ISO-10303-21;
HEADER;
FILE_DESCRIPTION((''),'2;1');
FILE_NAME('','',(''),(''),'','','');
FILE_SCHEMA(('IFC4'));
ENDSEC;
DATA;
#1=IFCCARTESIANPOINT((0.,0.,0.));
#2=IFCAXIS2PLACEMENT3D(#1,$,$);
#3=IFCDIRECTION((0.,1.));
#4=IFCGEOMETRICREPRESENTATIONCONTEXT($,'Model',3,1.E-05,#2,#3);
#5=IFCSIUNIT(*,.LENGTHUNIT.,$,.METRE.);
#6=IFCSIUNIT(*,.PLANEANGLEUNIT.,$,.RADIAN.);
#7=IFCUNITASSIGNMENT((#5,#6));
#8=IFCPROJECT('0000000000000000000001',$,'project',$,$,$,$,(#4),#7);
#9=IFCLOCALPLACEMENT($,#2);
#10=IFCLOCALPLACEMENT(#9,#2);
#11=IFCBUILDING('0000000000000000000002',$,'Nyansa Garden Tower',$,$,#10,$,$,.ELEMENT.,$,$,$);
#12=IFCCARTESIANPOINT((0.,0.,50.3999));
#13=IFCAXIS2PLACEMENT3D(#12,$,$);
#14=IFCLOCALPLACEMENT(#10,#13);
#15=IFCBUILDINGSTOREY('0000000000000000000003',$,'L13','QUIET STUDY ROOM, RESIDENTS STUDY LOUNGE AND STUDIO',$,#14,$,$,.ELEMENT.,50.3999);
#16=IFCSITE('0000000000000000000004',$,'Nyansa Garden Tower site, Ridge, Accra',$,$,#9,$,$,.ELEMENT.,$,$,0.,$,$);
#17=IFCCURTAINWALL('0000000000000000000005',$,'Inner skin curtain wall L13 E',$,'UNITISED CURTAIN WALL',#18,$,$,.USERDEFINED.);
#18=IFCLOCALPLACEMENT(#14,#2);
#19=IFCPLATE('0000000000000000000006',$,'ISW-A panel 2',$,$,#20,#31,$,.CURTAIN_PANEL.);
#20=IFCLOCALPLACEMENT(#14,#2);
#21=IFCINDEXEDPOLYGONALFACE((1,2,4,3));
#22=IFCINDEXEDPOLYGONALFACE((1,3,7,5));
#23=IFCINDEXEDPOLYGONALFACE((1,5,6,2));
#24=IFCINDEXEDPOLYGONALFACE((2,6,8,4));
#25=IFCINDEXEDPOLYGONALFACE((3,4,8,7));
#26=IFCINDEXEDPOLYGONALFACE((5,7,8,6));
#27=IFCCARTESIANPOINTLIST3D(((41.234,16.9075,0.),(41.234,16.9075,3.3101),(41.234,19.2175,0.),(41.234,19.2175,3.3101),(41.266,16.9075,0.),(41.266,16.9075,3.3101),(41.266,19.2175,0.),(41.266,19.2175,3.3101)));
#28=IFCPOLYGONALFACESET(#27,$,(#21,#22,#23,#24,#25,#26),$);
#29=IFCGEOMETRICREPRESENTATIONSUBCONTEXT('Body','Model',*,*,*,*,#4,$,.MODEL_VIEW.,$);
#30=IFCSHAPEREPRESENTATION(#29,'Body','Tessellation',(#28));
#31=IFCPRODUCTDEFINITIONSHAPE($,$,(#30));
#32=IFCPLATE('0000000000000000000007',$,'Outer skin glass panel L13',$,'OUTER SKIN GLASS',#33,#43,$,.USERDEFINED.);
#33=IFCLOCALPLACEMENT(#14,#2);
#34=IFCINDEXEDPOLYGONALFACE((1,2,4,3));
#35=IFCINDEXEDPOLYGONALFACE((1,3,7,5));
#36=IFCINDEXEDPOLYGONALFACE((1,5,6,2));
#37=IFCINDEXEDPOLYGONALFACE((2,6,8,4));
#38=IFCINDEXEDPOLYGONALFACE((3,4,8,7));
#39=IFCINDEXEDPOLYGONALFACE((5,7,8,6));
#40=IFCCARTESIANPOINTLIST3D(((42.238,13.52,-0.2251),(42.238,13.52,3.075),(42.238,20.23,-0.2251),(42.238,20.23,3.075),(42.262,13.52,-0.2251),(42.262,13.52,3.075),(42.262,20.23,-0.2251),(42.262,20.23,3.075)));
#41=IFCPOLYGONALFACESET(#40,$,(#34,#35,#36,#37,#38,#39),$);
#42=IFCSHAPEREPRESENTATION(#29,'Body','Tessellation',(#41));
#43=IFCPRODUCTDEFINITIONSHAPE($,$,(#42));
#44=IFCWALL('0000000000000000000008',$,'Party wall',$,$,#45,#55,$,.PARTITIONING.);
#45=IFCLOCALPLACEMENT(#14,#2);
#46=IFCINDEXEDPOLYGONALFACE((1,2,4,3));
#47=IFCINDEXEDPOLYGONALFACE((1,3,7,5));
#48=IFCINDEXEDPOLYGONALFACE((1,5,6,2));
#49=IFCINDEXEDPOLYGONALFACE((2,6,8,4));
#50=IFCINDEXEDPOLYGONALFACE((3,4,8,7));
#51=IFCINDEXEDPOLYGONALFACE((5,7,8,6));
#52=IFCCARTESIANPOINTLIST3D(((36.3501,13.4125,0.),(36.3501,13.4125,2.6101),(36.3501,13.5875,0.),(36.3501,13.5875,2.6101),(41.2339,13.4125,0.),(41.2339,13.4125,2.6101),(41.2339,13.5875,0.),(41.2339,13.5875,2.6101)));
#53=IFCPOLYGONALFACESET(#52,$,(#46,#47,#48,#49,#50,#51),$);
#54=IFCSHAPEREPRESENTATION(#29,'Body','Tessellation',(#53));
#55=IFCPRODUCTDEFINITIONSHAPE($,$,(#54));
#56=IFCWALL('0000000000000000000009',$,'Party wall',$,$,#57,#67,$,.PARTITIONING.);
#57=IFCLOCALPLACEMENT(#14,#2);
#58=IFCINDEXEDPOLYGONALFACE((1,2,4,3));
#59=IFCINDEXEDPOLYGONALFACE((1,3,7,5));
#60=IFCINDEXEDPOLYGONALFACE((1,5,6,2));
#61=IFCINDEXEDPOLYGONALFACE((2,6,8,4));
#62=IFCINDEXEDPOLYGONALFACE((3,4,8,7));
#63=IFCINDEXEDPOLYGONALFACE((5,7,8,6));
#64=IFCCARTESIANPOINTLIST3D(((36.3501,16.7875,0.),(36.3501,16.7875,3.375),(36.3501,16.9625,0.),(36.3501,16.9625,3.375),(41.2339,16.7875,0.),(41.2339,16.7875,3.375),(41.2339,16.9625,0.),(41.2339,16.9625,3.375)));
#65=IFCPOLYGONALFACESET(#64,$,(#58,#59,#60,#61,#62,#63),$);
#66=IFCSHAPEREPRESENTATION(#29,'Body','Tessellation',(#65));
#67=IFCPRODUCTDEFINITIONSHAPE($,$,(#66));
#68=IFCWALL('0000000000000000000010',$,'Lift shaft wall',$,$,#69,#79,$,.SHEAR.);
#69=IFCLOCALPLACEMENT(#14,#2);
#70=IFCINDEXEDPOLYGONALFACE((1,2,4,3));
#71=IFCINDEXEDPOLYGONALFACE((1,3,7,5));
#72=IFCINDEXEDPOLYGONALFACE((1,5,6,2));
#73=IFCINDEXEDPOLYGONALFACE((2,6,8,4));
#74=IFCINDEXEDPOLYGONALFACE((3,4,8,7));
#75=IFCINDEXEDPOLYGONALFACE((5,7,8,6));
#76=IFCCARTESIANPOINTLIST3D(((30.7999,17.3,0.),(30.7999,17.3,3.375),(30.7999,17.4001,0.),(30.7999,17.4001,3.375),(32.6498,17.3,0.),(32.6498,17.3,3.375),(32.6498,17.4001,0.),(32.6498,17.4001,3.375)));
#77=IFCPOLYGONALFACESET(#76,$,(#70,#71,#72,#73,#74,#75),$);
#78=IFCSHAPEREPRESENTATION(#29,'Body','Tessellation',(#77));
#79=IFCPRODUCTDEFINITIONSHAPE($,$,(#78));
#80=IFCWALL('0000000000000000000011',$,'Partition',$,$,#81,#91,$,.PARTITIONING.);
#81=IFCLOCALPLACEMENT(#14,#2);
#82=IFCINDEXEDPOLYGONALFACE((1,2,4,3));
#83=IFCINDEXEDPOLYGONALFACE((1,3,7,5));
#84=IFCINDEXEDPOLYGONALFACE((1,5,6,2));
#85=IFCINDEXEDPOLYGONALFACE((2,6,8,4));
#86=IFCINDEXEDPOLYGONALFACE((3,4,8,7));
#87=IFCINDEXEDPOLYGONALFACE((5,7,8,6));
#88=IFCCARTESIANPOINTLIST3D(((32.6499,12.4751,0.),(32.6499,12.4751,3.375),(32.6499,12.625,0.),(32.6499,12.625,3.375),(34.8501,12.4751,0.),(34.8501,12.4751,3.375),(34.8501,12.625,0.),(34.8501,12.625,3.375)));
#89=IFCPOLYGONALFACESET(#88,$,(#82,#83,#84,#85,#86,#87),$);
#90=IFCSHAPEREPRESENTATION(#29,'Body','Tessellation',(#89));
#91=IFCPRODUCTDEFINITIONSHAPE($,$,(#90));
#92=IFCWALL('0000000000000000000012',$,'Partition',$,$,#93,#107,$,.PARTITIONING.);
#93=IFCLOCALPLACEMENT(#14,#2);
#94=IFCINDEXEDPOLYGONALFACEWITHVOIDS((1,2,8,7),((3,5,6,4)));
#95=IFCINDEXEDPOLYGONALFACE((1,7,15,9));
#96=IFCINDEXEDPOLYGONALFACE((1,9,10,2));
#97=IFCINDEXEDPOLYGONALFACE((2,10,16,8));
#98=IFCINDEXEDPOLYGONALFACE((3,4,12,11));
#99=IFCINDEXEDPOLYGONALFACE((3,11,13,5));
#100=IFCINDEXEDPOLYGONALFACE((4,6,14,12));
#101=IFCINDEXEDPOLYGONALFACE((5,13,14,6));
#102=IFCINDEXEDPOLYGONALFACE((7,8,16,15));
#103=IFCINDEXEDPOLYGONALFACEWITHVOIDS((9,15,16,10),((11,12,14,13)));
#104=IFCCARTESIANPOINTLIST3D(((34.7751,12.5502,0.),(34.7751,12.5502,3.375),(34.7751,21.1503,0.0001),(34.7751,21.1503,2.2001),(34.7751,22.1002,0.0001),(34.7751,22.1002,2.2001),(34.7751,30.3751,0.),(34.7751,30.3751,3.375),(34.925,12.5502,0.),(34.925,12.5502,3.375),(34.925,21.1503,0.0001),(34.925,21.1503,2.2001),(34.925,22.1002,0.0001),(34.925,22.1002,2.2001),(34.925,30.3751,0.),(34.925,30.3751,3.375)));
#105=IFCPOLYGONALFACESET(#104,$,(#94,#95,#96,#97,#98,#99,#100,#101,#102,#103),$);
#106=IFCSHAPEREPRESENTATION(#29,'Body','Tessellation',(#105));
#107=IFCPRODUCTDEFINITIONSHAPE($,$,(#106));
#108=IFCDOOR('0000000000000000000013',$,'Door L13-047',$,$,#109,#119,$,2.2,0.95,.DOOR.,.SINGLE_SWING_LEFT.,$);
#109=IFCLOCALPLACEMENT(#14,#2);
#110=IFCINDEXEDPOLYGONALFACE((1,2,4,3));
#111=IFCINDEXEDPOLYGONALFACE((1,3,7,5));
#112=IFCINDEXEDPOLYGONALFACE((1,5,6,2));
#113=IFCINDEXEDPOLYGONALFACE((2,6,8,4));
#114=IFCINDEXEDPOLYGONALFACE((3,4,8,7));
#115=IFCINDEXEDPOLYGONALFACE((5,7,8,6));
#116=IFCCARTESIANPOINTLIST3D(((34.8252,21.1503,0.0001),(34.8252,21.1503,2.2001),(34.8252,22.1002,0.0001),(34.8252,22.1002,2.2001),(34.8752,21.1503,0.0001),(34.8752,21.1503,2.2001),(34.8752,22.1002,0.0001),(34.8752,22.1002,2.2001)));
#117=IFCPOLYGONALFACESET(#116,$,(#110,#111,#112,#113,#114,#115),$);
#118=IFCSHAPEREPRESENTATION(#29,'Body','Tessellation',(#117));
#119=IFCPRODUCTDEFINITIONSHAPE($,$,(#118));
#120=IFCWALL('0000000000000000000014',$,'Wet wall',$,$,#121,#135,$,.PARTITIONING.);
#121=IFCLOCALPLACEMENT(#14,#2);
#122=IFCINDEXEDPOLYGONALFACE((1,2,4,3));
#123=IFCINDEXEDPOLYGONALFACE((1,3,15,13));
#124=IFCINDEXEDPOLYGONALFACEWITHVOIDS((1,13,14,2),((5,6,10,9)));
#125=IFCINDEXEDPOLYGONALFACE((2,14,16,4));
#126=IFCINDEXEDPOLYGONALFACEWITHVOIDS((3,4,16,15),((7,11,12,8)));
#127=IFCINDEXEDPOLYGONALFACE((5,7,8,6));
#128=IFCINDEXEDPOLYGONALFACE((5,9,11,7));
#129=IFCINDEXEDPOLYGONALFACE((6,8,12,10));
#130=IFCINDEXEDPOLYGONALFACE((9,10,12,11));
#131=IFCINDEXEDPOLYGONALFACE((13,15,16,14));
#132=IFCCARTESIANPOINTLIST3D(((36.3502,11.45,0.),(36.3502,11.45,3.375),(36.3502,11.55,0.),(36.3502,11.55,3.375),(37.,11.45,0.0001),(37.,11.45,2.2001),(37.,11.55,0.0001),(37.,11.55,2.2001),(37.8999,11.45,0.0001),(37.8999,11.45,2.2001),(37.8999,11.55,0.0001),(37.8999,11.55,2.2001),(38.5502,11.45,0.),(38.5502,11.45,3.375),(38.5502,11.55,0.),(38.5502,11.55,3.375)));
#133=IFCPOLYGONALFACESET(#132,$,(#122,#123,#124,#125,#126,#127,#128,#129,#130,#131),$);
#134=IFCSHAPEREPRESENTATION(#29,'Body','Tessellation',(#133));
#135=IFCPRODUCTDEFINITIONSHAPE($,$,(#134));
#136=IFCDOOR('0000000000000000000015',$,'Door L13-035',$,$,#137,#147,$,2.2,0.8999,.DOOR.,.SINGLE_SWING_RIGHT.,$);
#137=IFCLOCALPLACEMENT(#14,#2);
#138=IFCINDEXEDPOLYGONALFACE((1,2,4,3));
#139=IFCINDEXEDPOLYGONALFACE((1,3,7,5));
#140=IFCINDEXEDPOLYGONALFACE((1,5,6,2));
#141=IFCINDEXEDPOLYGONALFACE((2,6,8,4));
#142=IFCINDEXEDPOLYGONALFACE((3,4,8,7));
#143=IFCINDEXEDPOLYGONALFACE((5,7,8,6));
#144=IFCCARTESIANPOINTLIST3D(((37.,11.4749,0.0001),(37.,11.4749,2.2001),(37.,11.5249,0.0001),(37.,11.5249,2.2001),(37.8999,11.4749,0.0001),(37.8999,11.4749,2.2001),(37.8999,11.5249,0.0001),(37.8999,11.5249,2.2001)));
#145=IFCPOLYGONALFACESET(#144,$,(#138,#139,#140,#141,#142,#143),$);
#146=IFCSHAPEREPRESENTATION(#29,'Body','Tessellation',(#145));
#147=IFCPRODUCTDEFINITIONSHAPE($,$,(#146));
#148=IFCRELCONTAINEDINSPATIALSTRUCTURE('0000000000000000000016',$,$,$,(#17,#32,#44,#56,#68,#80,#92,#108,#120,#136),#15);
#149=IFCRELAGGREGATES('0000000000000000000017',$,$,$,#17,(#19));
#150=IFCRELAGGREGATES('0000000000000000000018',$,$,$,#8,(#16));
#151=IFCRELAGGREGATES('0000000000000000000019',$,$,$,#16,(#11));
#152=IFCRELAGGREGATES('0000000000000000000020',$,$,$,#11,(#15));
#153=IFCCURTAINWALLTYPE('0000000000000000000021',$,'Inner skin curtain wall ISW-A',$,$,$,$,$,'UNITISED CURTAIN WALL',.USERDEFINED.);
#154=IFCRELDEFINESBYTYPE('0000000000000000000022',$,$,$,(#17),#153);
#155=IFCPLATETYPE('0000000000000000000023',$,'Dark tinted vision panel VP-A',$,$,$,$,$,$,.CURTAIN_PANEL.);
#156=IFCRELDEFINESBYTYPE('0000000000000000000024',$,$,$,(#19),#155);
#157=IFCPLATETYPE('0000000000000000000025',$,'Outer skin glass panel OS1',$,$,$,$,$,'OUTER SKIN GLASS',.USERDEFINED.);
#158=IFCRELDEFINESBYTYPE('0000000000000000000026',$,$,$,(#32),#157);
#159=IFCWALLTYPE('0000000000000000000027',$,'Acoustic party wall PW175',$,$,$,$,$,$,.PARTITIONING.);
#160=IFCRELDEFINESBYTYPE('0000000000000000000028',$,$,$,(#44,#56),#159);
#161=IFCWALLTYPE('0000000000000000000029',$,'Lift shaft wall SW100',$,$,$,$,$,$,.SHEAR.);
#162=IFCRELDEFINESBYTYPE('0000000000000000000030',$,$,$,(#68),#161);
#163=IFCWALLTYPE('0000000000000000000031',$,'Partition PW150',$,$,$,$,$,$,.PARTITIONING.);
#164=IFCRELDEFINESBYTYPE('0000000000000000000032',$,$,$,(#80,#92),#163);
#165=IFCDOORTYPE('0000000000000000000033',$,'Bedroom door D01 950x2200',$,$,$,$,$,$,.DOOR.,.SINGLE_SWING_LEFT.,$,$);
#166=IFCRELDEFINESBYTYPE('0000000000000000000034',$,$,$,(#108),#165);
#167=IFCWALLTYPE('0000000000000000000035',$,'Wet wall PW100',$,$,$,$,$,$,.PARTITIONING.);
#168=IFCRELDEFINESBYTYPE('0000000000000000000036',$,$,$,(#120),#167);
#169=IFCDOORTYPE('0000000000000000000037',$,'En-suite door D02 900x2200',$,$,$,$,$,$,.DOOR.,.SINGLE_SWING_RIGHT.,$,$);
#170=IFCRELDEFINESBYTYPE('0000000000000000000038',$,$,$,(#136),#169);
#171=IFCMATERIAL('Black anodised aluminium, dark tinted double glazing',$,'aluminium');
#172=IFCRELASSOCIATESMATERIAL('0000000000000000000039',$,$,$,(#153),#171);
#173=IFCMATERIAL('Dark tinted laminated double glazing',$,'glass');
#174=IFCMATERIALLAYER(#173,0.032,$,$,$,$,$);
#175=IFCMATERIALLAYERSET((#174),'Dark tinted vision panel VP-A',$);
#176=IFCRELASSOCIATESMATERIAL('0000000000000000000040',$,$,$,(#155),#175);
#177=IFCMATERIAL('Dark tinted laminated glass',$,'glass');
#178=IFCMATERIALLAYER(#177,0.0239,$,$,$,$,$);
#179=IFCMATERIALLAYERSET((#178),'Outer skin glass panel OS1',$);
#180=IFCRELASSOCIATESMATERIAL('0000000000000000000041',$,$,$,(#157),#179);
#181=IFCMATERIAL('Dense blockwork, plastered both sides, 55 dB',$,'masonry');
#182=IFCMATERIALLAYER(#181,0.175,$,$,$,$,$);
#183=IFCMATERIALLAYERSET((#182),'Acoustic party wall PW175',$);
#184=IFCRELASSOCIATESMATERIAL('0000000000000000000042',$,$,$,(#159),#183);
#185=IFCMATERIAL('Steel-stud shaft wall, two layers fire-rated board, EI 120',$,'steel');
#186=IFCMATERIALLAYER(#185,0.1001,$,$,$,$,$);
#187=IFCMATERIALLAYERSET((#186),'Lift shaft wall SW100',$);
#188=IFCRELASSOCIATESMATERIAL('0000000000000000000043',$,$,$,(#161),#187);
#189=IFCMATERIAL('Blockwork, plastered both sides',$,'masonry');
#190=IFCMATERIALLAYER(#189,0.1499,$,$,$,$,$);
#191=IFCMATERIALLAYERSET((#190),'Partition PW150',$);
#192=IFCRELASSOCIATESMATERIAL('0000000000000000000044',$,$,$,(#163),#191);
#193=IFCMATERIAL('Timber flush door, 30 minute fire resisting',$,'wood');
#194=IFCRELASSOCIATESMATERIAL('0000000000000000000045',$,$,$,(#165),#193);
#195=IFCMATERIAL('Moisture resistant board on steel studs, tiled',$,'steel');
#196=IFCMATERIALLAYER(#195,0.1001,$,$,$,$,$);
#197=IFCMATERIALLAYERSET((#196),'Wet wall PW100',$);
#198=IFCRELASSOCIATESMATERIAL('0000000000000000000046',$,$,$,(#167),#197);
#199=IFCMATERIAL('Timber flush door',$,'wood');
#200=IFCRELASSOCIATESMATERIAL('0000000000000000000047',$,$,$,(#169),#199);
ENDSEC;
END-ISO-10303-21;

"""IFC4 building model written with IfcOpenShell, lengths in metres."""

from ifc_helpers import new_model, si_unit, direction, frame, frame_2d, origin, origin_2d, place, context, subcontext, project, spatial, rectangle, extrude, material, layer, layer_set, type_object, element, fill, aggregate, save


model = new_model("IFC4")

# Units and contexts
model_context = context("Model", 3, precision=1e-05, world=origin(), true_north=direction((0.0, 1.0)))
body_context = subcontext(model_context, "Body", "Model", "MODEL_VIEW")
ifc_project = project(units=[si_unit("LENGTHUNIT", "METRE"), si_unit("PLANEANGLEUNIT", "RADIAN")], contexts=[model_context])

# Site, building, storey
site_placement = place(None, origin())
site = spatial("IfcSite", under=ifc_project, at=site_placement, Name="Nyansa Garden Tower site, Ridge, Accra", CompositionType="ELEMENT", RefElevation=0.0)
building_placement = place(site_placement, origin())
building = spatial("IfcBuilding", under=site, at=building_placement, Name="Nyansa Garden Tower", CompositionType="ELEMENT")
storey_placement = place(building_placement, frame((0.0, 0.0, 50.3999)))
storey = spatial("IfcBuildingStorey", under=building, at=storey_placement, Name="L13", Description="QUIET STUDY ROOM, RESIDENTS STUDY LOUNGE AND STUDIO", CompositionType="ELEMENT", Elevation=50.3999)

# Shared definitions
ifc_material_1 = material(Name="Black anodised aluminium, dark tinted double glazing", Category="aluminium")
curtain_wall_type = type_object("IfcCurtainWallType", Name="Inner skin curtain wall ISW-A", ElementType="UNITISED CURTAIN WALL", PredefinedType="USERDEFINED", material=ifc_material_1)

# Curtain wall
curtain_wall_1_placement = place(storey_placement, origin())
curtain_wall_1 = element("IfcCurtainWall", 1, at=curtain_wall_1_placement, inside=storey, type_object=curtain_wall_type, Name="Inner skin curtain wall L13 E", ObjectType="UNITISED CURTAIN WALL", PredefinedType="USERDEFINED")

# Plates
ifc_material_2 = material(Name="Dark tinted laminated double glazing", Category="glass")
ifc_layer_1 = layer(ifc_material_2, 0.032)
ifc_layer_set_1 = layer_set([ifc_layer_1], Name="Dark tinted vision panel VP-A")
plate_type_1 = type_object("IfcPlateType", Name="Dark tinted vision panel VP-A", PredefinedType="CURTAIN_PANEL", material=ifc_layer_set_1)
plate_1_placement = place(storey_placement, frame((41.25, 18.0625, 0.0), z_axis=(0.0, 0.0, 1.0), x_axis=(0.0, 1.0, 0.0)))
plate_1 = element("IfcPlate", 2, at=plate_1_placement, type_object=plate_type_1, Name="ISW-A panel 2", PredefinedType="CURTAIN_PANEL", context=body_context, shape_type="SweptSolid", body=[
    extrude(rectangle(XDim=2.3101, YDim=0.032, at=origin_2d()), origin(), (0.0, 0.0, 1.0), 3.3101),
])
aggregate(curtain_wall_1, [plate_1])
ifc_material_3 = material(Name="Dark tinted laminated glass", Category="glass")
ifc_layer_2 = layer(ifc_material_3, 0.0239)
ifc_layer_set_2 = layer_set([ifc_layer_2], Name="Outer skin glass panel OS1")
plate_type_2 = type_object("IfcPlateType", Name="Outer skin glass panel OS1", ElementType="OUTER SKIN GLASS", PredefinedType="USERDEFINED", material=ifc_layer_set_2)
plate_2_placement = place(storey_placement, frame((42.25, 16.875, -0.2251), z_axis=(0.0, 0.0, 1.0), x_axis=(0.0, 1.0, 0.0)))
element("IfcPlate", 3, at=plate_2_placement, inside=storey, type_object=plate_type_2, Name="Outer skin glass panel L13", ObjectType="OUTER SKIN GLASS", PredefinedType="USERDEFINED", context=body_context, shape_type="SweptSolid", body=[
    extrude(rectangle(XDim=6.71, YDim=0.0239, at=origin_2d()), origin(), (0.0, 0.0, 1.0), 3.3),
])

# Walls
ifc_material_4 = material(Name="Dense blockwork, plastered both sides, 55 dB", Category="masonry")
ifc_layer_3 = layer(ifc_material_4, 0.175)
ifc_layer_set_3 = layer_set([ifc_layer_3], Name="Acoustic party wall PW175")
wall_type_1 = type_object("IfcWallType", Name="Acoustic party wall PW175", PredefinedType="PARTITIONING", material=ifc_layer_set_3)
wall_1_placement = place(storey_placement, frame((36.3501, 13.5, 0.0), z_axis=(0.0, 0.0, 1.0), x_axis=(1.0, 0.0, 0.0)))
element("IfcWall", 4, at=wall_1_placement, inside=storey, type_object=wall_type_1, Name="Party wall", PredefinedType="PARTITIONING", context=body_context, shape_type="SweptSolid", body=[
    extrude(rectangle(XDim=4.8838, YDim=0.175, at=frame_2d((2.4419, 0.0))), origin(), (0.0, 0.0, 1.0), 2.6101),
])
wall_2_placement = place(storey_placement, frame((36.3501, 16.875, 0.0), z_axis=(0.0, 0.0, 1.0), x_axis=(1.0, 0.0, 0.0)))
element("IfcWall", 5, at=wall_2_placement, inside=storey, type_object=wall_type_1, Name="Party wall", PredefinedType="PARTITIONING", context=body_context, shape_type="SweptSolid", body=[
    extrude(rectangle(XDim=4.8838, YDim=0.175, at=frame_2d((2.4419, 0.0))), origin(), (0.0, 0.0, 1.0), 3.375),
])
ifc_material_5 = material(Name="Steel-stud shaft wall, two layers fire-rated board, EI 120", Category="steel")
ifc_layer_4 = layer(ifc_material_5, 0.1001)
ifc_layer_set_4 = layer_set([ifc_layer_4], Name="Lift shaft wall SW100")
wall_type_2 = type_object("IfcWallType", Name="Lift shaft wall SW100", PredefinedType="SHEAR", material=ifc_layer_set_4)
wall_3_placement = place(storey_placement, frame((30.8, 17.3501, 0.0), z_axis=(0.0, 0.0, 1.0), x_axis=(1.0, 0.0, 0.0)))
element("IfcWall", 6, at=wall_3_placement, inside=storey, type_object=wall_type_2, Name="Lift shaft wall", PredefinedType="SHEAR", context=body_context, shape_type="SweptSolid", body=[
    extrude(rectangle(XDim=1.8499, YDim=0.1001, at=frame_2d((0.9248, 0.0))), origin(), (0.0, 0.0, 1.0), 3.375),
])
ifc_material_6 = material(Name="Blockwork, plastered both sides", Category="masonry")
ifc_layer_5 = layer(ifc_material_6, 0.1499)
ifc_layer_set_5 = layer_set([ifc_layer_5], Name="Partition PW150")
wall_type_3 = type_object("IfcWallType", Name="Partition PW150", PredefinedType="PARTITIONING", material=ifc_layer_set_5)
wall_4_placement = place(storey_placement, frame((32.6499, 12.55, 0.0), z_axis=(0.0, 0.0, 1.0), x_axis=(1.0, 0.0, 0.0)))
element("IfcWall", 7, at=wall_4_placement, inside=storey, type_object=wall_type_3, Name="Partition", PredefinedType="PARTITIONING", context=body_context, shape_type="SweptSolid", body=[
    extrude(rectangle(XDim=2.2002, YDim=0.1499, at=frame_2d((1.1001, 0.0))), origin(), (0.0, 0.0, 1.0), 3.375),
])

# Walls, openings, doors
wall_5_placement = place(storey_placement, frame((34.8501, 12.55, 0.0), z_axis=(0.0, 0.0, 1.0), x_axis=(0.0, 1.0, 0.0)))
wall_5 = element("IfcWall", 8, at=wall_5_placement, inside=storey, type_object=wall_type_3, Name="Partition", PredefinedType="PARTITIONING", context=body_context, shape_type="SweptSolid", body=[
    extrude(rectangle(XDim=17.825, YDim=0.1499, at=frame_2d((8.9126, 0.0))), origin(), (0.0, 0.0, 1.0), 3.375),
])
opening_1_placement = place(wall_5_placement, frame((8.6001, 0.0, 0.0)))
opening_1 = element("IfcOpeningElement", 9, at=opening_1_placement, cuts=wall_5, PredefinedType="OPENING", context=body_context, shape_type="SweptSolid", body=[
    extrude(rectangle(XDim=0.95, YDim=2.2, at=frame_2d((0.4751, 1.1001))), frame((0.0, 0.085, 0.0), z_axis=(0.0, -1.0, 0.0), x_axis=(1.0, 0.0, 0.0)), (0.0, 0.0, 1.0), 0.1699),
])
ifc_material_7 = material(Name="Timber flush door, 30 minute fire resisting", Category="wood")
door_type_1 = type_object("IfcDoorType", Name="Bedroom door D01 950x2200", OperationType="SINGLE_SWING_LEFT", PredefinedType="DOOR", material=ifc_material_7)
door_1_placement = place(opening_1_placement, origin())
door_1 = element("IfcDoor", 10, at=door_1_placement, inside=storey, type_object=door_type_1, Name="Door L13-047", OperationType="SINGLE_SWING_LEFT", OverallHeight=2.2, OverallWidth=0.95, PredefinedType="DOOR", context=body_context, shape_type="SweptSolid", body=[
    extrude(rectangle(XDim=0.95, YDim=2.2, at=frame_2d((0.4751, 1.1001))), frame((0.0, 0.0249, 0.0), z_axis=(0.0, -1.0, 0.0), x_axis=(1.0, 0.0, 0.0)), (0.0, 0.0, 1.0), 0.05),
])
fill(opening_1, door_1)
ifc_material_8 = material(Name="Moisture resistant board on steel studs, tiled", Category="steel")
ifc_layer_6 = layer(ifc_material_8, 0.1001)
ifc_layer_set_6 = layer_set([ifc_layer_6], Name="Wet wall PW100")
wall_type_4 = type_object("IfcWallType", Name="Wet wall PW100", PredefinedType="PARTITIONING", material=ifc_layer_set_6)
wall_6_placement = place(storey_placement, frame((36.3501, 11.5, 0.0), z_axis=(0.0, 0.0, 1.0), x_axis=(1.0, 0.0, 0.0)))
wall_6 = element("IfcWall", 11, at=wall_6_placement, inside=storey, type_object=wall_type_4, Name="Wet wall", PredefinedType="PARTITIONING", context=body_context, shape_type="SweptSolid", body=[
    extrude(rectangle(XDim=2.2, YDim=0.1001, at=frame_2d((1.1001, 0.0))), origin(), (0.0, 0.0, 1.0), 3.375),
])
opening_2_placement = place(wall_6_placement, frame((0.6499, 0.0, 0.0)))
opening_2 = element("IfcOpeningElement", 12, at=opening_2_placement, cuts=wall_6, PredefinedType="OPENING", context=body_context, shape_type="SweptSolid", body=[
    extrude(rectangle(XDim=0.8999, YDim=2.2, at=frame_2d((0.45, 1.1001))), frame((0.0, 0.0601, 0.0), z_axis=(0.0, -1.0, 0.0), x_axis=(1.0, 0.0, 0.0)), (0.0, 0.0, 1.0), 0.1201),
])
ifc_material_9 = material(Name="Timber flush door", Category="wood")
door_type_2 = type_object("IfcDoorType", Name="En-suite door D02 900x2200", OperationType="SINGLE_SWING_RIGHT", PredefinedType="DOOR", material=ifc_material_9)
door_2_placement = place(opening_2_placement, origin())
door_2 = element("IfcDoor", 13, at=door_2_placement, inside=storey, type_object=door_type_2, Name="Door L13-035", OperationType="SINGLE_SWING_RIGHT", OverallHeight=2.2, OverallWidth=0.8999, PredefinedType="DOOR", context=body_context, shape_type="SweptSolid", body=[
    extrude(rectangle(XDim=0.8999, YDim=2.2, at=frame_2d((0.45, 1.1001))), frame((0.0, 0.0249, 0.0), z_axis=(0.0, -1.0, 0.0), x_axis=(1.0, 0.0, 0.0)), (0.0, 0.0, 1.0), 0.05),
])
fill(opening_2, door_2)

save(model, "model.ifc")
